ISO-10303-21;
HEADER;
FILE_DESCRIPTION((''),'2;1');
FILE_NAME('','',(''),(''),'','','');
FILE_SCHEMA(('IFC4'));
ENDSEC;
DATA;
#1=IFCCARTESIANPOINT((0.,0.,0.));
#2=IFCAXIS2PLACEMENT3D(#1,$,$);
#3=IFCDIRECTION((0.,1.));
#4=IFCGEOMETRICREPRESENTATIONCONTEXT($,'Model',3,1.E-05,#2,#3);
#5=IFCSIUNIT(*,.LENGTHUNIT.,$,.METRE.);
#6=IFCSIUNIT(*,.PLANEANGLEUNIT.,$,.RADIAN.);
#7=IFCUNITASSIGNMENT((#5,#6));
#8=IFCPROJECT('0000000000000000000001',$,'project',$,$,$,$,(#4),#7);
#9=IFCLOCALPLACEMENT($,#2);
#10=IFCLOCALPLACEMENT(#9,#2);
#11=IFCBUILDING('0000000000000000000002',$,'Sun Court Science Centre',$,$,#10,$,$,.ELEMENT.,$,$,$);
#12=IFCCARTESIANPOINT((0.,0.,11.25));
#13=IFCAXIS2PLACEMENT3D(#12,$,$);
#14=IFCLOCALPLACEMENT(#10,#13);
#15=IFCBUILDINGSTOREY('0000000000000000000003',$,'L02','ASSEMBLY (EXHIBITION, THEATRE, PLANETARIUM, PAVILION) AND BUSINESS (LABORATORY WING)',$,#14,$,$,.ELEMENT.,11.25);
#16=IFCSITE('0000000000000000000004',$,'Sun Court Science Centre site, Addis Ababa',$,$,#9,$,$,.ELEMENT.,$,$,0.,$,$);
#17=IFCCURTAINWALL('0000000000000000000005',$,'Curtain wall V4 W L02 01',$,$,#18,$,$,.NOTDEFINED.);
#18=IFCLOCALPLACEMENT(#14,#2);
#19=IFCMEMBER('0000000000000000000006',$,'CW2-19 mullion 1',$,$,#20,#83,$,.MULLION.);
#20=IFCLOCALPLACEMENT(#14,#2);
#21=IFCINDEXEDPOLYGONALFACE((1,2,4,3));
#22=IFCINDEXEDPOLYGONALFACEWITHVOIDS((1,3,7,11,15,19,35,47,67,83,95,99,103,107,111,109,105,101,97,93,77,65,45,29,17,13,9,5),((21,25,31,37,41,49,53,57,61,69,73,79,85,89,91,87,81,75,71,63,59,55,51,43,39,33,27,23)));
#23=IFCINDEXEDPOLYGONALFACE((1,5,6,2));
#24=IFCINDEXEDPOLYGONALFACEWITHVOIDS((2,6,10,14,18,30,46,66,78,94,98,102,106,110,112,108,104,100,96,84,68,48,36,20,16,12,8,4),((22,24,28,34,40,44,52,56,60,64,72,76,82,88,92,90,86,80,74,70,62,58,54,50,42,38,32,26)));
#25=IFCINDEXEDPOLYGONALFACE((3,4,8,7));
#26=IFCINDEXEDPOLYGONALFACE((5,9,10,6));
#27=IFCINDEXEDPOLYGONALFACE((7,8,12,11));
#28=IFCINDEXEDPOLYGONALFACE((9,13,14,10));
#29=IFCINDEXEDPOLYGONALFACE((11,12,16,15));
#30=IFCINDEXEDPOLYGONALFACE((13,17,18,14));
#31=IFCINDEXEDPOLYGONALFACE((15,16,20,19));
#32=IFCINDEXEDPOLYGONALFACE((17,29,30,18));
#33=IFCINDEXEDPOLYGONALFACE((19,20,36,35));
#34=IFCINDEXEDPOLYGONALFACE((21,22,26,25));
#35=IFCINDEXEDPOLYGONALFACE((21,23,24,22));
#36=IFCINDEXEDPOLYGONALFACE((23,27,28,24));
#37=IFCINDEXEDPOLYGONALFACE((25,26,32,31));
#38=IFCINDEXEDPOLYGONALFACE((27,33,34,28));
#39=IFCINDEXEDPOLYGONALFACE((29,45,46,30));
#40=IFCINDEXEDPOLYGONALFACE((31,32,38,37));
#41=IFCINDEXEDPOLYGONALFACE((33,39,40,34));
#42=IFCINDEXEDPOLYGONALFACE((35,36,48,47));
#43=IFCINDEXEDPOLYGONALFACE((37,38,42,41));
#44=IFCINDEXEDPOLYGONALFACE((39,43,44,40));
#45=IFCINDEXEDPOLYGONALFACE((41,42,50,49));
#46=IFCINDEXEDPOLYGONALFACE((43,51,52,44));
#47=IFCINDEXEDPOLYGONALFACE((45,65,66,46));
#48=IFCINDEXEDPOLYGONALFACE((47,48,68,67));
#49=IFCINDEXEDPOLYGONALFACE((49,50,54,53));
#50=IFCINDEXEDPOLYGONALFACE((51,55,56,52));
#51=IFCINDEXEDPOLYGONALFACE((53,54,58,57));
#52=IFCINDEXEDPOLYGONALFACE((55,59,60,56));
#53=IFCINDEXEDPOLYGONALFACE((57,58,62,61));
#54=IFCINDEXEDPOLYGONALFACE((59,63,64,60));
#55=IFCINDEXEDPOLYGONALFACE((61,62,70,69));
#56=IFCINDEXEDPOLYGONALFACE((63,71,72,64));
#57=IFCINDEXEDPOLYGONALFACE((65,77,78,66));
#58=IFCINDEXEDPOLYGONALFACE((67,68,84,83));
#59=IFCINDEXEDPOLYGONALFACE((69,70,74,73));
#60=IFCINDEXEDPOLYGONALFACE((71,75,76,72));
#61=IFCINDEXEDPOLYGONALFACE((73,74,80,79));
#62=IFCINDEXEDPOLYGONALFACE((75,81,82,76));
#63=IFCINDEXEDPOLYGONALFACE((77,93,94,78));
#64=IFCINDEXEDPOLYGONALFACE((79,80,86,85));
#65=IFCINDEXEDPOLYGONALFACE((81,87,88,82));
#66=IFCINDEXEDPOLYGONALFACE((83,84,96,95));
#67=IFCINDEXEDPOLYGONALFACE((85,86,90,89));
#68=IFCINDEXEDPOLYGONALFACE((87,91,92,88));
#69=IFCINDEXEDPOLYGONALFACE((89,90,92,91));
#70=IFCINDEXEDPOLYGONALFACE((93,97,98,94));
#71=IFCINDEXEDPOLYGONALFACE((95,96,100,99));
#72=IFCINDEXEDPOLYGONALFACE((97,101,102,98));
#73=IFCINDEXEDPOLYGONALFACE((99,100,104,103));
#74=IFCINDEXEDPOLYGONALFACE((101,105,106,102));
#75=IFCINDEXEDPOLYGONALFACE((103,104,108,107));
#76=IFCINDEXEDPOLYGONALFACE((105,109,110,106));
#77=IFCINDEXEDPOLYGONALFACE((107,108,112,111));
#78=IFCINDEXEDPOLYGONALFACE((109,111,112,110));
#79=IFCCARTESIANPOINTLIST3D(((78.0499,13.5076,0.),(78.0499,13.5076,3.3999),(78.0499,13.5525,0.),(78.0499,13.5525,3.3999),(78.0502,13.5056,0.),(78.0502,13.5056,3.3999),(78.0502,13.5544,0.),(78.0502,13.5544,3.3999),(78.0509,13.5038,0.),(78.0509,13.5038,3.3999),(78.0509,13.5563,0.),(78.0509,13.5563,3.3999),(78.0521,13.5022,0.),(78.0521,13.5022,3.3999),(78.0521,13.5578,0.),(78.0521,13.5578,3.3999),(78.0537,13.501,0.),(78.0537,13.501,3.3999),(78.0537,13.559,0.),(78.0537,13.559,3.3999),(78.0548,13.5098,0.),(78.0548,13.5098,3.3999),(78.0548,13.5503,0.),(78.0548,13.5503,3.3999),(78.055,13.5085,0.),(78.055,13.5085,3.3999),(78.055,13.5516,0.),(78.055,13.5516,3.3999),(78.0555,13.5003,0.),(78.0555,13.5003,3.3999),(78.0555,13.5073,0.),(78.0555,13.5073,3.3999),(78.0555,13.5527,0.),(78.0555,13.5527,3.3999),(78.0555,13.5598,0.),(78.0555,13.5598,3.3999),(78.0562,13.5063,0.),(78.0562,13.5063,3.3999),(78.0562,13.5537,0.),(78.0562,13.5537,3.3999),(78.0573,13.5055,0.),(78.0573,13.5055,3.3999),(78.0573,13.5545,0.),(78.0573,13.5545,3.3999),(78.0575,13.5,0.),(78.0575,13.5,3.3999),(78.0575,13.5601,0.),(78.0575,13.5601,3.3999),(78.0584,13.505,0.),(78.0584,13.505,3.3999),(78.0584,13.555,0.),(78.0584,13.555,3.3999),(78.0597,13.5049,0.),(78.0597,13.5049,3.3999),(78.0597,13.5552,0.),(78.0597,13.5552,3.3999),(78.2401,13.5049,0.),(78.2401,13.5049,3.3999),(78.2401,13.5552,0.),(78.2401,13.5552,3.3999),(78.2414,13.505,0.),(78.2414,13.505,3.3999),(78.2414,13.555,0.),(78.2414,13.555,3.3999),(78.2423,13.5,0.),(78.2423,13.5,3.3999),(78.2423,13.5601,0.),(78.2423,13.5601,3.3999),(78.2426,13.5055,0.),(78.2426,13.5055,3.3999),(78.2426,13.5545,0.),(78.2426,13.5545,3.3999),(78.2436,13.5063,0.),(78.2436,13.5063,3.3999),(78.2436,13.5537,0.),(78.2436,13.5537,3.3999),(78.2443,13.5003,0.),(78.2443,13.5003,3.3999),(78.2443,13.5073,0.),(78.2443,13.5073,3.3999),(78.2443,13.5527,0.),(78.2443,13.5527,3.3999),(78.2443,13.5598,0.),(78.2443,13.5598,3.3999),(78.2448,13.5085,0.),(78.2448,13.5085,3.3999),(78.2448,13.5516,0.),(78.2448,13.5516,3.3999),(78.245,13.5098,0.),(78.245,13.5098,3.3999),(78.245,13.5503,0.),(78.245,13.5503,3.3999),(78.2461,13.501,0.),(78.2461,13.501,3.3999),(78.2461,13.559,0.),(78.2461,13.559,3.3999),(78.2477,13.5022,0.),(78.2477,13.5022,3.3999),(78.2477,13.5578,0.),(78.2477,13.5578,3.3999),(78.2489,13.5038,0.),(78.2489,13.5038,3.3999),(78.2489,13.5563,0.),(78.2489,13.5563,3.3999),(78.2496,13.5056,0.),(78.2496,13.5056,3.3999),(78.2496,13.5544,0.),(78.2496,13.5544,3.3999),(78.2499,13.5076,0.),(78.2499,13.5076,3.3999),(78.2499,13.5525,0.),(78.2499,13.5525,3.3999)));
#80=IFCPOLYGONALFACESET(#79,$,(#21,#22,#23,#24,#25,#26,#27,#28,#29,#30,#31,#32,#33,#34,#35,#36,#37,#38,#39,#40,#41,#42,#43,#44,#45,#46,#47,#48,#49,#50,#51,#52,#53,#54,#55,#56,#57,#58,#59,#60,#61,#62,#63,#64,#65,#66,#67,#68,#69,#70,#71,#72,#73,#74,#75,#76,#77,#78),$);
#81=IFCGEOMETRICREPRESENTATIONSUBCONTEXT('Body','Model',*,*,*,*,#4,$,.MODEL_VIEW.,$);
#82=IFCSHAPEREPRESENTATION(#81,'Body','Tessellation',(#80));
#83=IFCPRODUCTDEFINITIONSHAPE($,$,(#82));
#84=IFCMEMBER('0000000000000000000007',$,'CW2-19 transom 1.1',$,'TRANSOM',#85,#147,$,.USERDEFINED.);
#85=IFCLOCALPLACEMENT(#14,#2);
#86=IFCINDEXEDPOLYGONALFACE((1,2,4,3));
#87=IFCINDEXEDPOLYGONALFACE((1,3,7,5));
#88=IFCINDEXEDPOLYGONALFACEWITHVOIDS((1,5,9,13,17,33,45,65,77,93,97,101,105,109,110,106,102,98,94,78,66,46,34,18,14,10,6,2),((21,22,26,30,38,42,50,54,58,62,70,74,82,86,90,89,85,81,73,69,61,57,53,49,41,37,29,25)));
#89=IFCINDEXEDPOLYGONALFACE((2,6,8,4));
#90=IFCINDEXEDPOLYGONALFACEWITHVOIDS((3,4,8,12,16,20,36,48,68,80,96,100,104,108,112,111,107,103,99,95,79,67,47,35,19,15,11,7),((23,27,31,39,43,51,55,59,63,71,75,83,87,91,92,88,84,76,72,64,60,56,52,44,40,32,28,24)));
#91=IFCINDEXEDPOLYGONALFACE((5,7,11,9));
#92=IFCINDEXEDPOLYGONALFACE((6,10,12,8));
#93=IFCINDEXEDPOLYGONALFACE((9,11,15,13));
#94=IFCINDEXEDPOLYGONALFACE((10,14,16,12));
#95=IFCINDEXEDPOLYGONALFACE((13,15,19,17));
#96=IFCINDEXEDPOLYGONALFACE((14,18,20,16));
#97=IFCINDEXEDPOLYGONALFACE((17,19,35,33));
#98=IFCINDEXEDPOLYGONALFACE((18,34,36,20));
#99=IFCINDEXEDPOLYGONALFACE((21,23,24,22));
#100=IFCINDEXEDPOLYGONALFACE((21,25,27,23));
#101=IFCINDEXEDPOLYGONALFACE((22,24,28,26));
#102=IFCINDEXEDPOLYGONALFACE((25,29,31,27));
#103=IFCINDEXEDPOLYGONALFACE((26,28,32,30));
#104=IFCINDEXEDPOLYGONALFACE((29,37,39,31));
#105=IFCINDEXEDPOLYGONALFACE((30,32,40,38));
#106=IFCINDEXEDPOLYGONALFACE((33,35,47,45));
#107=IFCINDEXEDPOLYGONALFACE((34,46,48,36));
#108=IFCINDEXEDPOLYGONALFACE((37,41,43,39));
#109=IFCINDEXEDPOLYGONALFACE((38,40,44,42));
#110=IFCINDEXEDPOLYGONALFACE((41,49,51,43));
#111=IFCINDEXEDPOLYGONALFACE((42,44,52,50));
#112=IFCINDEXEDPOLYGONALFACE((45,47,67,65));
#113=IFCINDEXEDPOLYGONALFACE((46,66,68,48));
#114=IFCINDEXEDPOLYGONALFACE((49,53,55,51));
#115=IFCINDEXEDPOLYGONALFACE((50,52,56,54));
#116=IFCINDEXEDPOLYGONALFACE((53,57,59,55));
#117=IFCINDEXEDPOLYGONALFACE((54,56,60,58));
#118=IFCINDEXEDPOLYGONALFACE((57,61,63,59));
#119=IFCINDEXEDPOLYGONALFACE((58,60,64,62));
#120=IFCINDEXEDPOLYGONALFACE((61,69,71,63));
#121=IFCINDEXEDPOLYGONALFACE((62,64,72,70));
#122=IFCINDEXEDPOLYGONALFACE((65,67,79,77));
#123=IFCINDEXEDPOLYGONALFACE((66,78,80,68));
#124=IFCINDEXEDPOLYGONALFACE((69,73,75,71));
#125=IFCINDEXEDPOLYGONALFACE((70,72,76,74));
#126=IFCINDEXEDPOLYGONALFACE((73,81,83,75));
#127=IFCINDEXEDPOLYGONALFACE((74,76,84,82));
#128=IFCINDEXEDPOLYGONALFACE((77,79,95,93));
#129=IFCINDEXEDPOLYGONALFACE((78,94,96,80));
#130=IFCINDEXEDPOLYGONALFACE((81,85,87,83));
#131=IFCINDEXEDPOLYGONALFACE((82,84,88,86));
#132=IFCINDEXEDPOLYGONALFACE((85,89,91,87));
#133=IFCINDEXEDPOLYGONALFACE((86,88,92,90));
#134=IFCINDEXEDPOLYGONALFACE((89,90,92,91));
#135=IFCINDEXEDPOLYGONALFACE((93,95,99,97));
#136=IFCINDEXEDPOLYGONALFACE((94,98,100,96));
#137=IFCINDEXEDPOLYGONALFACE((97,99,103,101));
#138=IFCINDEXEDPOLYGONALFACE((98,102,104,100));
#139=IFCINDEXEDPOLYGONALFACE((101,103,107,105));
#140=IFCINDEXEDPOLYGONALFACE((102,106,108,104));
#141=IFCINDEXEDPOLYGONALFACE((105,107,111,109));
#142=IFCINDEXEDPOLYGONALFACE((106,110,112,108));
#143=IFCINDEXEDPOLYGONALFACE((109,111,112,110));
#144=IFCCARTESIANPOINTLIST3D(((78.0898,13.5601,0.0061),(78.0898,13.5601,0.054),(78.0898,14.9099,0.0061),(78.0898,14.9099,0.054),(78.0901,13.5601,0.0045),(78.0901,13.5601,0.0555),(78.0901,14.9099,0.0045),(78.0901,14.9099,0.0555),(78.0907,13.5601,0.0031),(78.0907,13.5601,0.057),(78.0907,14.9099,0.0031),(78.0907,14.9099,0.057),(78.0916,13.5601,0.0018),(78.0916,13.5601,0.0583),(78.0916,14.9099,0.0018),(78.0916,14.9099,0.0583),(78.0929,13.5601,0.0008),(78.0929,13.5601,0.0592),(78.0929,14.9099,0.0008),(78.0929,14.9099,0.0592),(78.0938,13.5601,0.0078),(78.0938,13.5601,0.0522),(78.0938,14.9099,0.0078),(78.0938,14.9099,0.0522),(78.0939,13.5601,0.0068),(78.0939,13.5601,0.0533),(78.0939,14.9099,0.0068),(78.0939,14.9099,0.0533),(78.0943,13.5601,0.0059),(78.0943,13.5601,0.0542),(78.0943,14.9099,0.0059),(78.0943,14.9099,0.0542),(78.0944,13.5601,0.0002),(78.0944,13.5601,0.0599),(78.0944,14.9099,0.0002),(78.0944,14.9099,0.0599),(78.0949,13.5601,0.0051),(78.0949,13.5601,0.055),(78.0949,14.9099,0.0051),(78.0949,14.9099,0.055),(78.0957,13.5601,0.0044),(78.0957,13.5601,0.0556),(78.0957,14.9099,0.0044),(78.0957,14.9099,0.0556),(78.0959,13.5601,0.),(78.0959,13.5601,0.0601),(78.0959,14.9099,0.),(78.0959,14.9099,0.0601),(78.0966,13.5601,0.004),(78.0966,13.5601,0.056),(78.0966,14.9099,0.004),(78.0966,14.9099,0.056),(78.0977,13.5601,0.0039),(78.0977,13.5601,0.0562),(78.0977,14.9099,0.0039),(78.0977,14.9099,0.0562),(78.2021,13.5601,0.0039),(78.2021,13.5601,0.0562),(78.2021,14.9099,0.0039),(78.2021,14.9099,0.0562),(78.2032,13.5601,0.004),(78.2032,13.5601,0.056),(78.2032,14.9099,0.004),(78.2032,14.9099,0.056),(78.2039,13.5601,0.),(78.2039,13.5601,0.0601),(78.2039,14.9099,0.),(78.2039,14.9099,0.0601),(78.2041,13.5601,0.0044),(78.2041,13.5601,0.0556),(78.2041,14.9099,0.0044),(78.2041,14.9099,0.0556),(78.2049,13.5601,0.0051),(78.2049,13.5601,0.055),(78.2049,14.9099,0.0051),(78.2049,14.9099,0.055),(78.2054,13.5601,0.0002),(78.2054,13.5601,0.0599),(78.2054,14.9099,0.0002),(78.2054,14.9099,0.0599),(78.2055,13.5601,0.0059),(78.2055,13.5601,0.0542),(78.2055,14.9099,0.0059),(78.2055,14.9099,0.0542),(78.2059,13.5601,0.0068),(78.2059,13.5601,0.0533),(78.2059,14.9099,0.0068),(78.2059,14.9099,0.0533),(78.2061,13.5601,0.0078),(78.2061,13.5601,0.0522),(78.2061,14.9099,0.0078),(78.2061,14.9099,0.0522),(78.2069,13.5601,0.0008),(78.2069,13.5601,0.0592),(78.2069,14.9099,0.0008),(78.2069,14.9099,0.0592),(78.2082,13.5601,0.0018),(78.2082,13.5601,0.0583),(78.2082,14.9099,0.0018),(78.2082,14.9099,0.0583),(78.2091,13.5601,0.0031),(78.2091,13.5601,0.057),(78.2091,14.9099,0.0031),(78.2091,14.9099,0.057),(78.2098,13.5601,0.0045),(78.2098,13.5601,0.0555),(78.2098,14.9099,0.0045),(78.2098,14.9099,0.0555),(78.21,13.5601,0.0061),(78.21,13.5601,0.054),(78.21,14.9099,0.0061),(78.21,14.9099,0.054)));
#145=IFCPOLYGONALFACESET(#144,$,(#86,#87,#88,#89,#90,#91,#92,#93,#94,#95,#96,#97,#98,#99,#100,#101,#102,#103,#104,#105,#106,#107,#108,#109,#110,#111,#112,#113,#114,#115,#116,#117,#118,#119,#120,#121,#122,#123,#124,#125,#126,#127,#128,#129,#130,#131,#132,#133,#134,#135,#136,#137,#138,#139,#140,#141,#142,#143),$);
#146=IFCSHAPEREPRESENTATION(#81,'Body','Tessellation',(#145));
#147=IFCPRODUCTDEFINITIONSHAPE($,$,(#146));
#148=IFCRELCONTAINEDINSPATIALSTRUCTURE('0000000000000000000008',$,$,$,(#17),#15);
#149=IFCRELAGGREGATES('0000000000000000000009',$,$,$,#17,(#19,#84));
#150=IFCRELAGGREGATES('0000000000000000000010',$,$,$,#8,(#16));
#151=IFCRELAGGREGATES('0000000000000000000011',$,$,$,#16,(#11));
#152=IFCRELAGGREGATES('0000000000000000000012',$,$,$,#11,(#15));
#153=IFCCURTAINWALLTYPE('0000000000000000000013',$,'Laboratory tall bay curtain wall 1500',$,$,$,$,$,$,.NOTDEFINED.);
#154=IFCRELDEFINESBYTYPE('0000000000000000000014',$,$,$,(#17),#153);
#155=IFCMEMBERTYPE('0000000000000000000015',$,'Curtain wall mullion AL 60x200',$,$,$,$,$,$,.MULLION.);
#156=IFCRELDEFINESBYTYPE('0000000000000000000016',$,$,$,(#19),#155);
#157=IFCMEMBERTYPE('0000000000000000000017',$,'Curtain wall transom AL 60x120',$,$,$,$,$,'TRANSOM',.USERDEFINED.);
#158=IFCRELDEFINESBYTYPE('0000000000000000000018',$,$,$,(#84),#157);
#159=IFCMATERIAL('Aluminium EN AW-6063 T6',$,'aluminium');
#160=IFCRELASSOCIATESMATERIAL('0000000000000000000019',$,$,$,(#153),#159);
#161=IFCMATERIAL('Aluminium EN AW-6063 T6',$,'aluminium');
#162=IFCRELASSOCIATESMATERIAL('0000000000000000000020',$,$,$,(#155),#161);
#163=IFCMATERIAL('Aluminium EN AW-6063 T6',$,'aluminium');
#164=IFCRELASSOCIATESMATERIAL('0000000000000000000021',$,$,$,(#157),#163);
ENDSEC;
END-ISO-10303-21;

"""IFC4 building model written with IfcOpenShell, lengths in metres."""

from ifc_helpers import new_model, si_unit, direction, frame, origin, origin_2d, place, context, subcontext, project, spatial, hollow_rectangle, extrude, material, material_profile, profile_set, type_object, element, aggregate, save


model = new_model("IFC4")

# Units and contexts
model_context = context("Model", 3, precision=1e-05, world=origin(), true_north=direction((0.0, 1.0)))
body_context = subcontext(model_context, "Body", "Model", "MODEL_VIEW")
ifc_project = project(units=[si_unit("LENGTHUNIT", "METRE"), si_unit("PLANEANGLEUNIT", "RADIAN")], contexts=[model_context])

# Site, building, storey
site_placement = place(None, origin())
site = spatial("IfcSite", under=ifc_project, at=site_placement, Name="Sun Court Science Centre site, Addis Ababa", CompositionType="ELEMENT", RefElevation=0.0)
building_placement = place(site_placement, origin())
building = spatial("IfcBuilding", under=site, at=building_placement, Name="Sun Court Science Centre", CompositionType="ELEMENT")
storey_placement = place(building_placement, frame((0.0, 0.0, 11.25)))
storey = spatial("IfcBuildingStorey", under=building, at=storey_placement, Name="L02", Description="ASSEMBLY (EXHIBITION, THEATRE, PLANETARIUM, PAVILION) AND BUSINESS (LABORATORY WING)", CompositionType="ELEMENT", Elevation=11.25)

# Curtain wall, members
ifc_material_1 = material(Name="Aluminium EN AW-6063 T6", Category="aluminium")
curtain_wall_type = type_object("IfcCurtainWallType", Name="Laboratory tall bay curtain wall 1500", PredefinedType="NOTDEFINED", material=ifc_material_1)
curtain_wall_placement = place(storey_placement, origin())
curtain_wall = element("IfcCurtainWall", 1, at=curtain_wall_placement, inside=storey, type_object=curtain_wall_type, Name="Curtain wall V4 W L02 01", PredefinedType="NOTDEFINED")
ifc_material_2 = material(Name="Aluminium EN AW-6063 T6", Category="aluminium")
ifc_material_profile_1 = material_profile(ifc_material_2, hollow_rectangle(XDim=0.0601, YDim=0.2, WallThickness=0.0049, InnerFilletRadius=0.0049, OuterFilletRadius=0.0076, at=origin_2d()), Name="AL 60x200x5")
ifc_profile_set_1 = profile_set([ifc_material_profile_1], Name="Aluminium EN AW-6063 T6")
member_type_1 = type_object("IfcMemberType", Name="Curtain wall mullion AL 60x200", PredefinedType="MULLION", material=ifc_profile_set_1)
member_1_placement = place(storey_placement, frame((78.1499, 13.53, 0.0), z_axis=(0.0, 0.0, 1.0), x_axis=(0.0, 1.0, 0.0)))
member_1 = element("IfcMember", 2, at=member_1_placement, type_object=member_type_1, Name="CW2-19 mullion 1", PredefinedType="MULLION", context=body_context, shape_type="SweptSolid", body=[
    extrude(hollow_rectangle(XDim=0.0601, YDim=0.2, WallThickness=0.0049, InnerFilletRadius=0.0049, OuterFilletRadius=0.0076, at=origin_2d()), origin(), (0.0, 0.0, 1.0), 3.3999),
])
ifc_material_3 = material(Name="Aluminium EN AW-6063 T6", Category="aluminium")
ifc_material_profile_2 = material_profile(ifc_material_3, hollow_rectangle(XDim=0.0601, YDim=0.1201, WallThickness=0.0039, InnerFilletRadius=0.0039, OuterFilletRadius=0.0061, at=origin_2d()), Name="AL 60x120x4")
ifc_profile_set_2 = profile_set([ifc_material_profile_2], Name="Aluminium EN AW-6063 T6")
member_type_2 = type_object("IfcMemberType", Name="Curtain wall transom AL 60x120", ElementType="TRANSOM", PredefinedType="USERDEFINED", material=ifc_profile_set_2)
member_2_placement = place(storey_placement, frame((78.1499, 13.5601, 0.03), z_axis=(0.0, 1.0, 0.0), x_axis=(0.0, 0.0, 1.0)))
member_2 = element("IfcMember", 3, at=member_2_placement, type_object=member_type_2, Name="CW2-19 transom 1.1", ObjectType="TRANSOM", PredefinedType="USERDEFINED", context=body_context, shape_type="SweptSolid", body=[
    extrude(hollow_rectangle(XDim=0.0601, YDim=0.1201, WallThickness=0.0039, InnerFilletRadius=0.0039, OuterFilletRadius=0.0061, at=origin_2d()), origin(), (0.0, 0.0, 1.0), 1.3499),
])

aggregate(curtain_wall, [member_1, member_2])

save(model, "model.ifc")
